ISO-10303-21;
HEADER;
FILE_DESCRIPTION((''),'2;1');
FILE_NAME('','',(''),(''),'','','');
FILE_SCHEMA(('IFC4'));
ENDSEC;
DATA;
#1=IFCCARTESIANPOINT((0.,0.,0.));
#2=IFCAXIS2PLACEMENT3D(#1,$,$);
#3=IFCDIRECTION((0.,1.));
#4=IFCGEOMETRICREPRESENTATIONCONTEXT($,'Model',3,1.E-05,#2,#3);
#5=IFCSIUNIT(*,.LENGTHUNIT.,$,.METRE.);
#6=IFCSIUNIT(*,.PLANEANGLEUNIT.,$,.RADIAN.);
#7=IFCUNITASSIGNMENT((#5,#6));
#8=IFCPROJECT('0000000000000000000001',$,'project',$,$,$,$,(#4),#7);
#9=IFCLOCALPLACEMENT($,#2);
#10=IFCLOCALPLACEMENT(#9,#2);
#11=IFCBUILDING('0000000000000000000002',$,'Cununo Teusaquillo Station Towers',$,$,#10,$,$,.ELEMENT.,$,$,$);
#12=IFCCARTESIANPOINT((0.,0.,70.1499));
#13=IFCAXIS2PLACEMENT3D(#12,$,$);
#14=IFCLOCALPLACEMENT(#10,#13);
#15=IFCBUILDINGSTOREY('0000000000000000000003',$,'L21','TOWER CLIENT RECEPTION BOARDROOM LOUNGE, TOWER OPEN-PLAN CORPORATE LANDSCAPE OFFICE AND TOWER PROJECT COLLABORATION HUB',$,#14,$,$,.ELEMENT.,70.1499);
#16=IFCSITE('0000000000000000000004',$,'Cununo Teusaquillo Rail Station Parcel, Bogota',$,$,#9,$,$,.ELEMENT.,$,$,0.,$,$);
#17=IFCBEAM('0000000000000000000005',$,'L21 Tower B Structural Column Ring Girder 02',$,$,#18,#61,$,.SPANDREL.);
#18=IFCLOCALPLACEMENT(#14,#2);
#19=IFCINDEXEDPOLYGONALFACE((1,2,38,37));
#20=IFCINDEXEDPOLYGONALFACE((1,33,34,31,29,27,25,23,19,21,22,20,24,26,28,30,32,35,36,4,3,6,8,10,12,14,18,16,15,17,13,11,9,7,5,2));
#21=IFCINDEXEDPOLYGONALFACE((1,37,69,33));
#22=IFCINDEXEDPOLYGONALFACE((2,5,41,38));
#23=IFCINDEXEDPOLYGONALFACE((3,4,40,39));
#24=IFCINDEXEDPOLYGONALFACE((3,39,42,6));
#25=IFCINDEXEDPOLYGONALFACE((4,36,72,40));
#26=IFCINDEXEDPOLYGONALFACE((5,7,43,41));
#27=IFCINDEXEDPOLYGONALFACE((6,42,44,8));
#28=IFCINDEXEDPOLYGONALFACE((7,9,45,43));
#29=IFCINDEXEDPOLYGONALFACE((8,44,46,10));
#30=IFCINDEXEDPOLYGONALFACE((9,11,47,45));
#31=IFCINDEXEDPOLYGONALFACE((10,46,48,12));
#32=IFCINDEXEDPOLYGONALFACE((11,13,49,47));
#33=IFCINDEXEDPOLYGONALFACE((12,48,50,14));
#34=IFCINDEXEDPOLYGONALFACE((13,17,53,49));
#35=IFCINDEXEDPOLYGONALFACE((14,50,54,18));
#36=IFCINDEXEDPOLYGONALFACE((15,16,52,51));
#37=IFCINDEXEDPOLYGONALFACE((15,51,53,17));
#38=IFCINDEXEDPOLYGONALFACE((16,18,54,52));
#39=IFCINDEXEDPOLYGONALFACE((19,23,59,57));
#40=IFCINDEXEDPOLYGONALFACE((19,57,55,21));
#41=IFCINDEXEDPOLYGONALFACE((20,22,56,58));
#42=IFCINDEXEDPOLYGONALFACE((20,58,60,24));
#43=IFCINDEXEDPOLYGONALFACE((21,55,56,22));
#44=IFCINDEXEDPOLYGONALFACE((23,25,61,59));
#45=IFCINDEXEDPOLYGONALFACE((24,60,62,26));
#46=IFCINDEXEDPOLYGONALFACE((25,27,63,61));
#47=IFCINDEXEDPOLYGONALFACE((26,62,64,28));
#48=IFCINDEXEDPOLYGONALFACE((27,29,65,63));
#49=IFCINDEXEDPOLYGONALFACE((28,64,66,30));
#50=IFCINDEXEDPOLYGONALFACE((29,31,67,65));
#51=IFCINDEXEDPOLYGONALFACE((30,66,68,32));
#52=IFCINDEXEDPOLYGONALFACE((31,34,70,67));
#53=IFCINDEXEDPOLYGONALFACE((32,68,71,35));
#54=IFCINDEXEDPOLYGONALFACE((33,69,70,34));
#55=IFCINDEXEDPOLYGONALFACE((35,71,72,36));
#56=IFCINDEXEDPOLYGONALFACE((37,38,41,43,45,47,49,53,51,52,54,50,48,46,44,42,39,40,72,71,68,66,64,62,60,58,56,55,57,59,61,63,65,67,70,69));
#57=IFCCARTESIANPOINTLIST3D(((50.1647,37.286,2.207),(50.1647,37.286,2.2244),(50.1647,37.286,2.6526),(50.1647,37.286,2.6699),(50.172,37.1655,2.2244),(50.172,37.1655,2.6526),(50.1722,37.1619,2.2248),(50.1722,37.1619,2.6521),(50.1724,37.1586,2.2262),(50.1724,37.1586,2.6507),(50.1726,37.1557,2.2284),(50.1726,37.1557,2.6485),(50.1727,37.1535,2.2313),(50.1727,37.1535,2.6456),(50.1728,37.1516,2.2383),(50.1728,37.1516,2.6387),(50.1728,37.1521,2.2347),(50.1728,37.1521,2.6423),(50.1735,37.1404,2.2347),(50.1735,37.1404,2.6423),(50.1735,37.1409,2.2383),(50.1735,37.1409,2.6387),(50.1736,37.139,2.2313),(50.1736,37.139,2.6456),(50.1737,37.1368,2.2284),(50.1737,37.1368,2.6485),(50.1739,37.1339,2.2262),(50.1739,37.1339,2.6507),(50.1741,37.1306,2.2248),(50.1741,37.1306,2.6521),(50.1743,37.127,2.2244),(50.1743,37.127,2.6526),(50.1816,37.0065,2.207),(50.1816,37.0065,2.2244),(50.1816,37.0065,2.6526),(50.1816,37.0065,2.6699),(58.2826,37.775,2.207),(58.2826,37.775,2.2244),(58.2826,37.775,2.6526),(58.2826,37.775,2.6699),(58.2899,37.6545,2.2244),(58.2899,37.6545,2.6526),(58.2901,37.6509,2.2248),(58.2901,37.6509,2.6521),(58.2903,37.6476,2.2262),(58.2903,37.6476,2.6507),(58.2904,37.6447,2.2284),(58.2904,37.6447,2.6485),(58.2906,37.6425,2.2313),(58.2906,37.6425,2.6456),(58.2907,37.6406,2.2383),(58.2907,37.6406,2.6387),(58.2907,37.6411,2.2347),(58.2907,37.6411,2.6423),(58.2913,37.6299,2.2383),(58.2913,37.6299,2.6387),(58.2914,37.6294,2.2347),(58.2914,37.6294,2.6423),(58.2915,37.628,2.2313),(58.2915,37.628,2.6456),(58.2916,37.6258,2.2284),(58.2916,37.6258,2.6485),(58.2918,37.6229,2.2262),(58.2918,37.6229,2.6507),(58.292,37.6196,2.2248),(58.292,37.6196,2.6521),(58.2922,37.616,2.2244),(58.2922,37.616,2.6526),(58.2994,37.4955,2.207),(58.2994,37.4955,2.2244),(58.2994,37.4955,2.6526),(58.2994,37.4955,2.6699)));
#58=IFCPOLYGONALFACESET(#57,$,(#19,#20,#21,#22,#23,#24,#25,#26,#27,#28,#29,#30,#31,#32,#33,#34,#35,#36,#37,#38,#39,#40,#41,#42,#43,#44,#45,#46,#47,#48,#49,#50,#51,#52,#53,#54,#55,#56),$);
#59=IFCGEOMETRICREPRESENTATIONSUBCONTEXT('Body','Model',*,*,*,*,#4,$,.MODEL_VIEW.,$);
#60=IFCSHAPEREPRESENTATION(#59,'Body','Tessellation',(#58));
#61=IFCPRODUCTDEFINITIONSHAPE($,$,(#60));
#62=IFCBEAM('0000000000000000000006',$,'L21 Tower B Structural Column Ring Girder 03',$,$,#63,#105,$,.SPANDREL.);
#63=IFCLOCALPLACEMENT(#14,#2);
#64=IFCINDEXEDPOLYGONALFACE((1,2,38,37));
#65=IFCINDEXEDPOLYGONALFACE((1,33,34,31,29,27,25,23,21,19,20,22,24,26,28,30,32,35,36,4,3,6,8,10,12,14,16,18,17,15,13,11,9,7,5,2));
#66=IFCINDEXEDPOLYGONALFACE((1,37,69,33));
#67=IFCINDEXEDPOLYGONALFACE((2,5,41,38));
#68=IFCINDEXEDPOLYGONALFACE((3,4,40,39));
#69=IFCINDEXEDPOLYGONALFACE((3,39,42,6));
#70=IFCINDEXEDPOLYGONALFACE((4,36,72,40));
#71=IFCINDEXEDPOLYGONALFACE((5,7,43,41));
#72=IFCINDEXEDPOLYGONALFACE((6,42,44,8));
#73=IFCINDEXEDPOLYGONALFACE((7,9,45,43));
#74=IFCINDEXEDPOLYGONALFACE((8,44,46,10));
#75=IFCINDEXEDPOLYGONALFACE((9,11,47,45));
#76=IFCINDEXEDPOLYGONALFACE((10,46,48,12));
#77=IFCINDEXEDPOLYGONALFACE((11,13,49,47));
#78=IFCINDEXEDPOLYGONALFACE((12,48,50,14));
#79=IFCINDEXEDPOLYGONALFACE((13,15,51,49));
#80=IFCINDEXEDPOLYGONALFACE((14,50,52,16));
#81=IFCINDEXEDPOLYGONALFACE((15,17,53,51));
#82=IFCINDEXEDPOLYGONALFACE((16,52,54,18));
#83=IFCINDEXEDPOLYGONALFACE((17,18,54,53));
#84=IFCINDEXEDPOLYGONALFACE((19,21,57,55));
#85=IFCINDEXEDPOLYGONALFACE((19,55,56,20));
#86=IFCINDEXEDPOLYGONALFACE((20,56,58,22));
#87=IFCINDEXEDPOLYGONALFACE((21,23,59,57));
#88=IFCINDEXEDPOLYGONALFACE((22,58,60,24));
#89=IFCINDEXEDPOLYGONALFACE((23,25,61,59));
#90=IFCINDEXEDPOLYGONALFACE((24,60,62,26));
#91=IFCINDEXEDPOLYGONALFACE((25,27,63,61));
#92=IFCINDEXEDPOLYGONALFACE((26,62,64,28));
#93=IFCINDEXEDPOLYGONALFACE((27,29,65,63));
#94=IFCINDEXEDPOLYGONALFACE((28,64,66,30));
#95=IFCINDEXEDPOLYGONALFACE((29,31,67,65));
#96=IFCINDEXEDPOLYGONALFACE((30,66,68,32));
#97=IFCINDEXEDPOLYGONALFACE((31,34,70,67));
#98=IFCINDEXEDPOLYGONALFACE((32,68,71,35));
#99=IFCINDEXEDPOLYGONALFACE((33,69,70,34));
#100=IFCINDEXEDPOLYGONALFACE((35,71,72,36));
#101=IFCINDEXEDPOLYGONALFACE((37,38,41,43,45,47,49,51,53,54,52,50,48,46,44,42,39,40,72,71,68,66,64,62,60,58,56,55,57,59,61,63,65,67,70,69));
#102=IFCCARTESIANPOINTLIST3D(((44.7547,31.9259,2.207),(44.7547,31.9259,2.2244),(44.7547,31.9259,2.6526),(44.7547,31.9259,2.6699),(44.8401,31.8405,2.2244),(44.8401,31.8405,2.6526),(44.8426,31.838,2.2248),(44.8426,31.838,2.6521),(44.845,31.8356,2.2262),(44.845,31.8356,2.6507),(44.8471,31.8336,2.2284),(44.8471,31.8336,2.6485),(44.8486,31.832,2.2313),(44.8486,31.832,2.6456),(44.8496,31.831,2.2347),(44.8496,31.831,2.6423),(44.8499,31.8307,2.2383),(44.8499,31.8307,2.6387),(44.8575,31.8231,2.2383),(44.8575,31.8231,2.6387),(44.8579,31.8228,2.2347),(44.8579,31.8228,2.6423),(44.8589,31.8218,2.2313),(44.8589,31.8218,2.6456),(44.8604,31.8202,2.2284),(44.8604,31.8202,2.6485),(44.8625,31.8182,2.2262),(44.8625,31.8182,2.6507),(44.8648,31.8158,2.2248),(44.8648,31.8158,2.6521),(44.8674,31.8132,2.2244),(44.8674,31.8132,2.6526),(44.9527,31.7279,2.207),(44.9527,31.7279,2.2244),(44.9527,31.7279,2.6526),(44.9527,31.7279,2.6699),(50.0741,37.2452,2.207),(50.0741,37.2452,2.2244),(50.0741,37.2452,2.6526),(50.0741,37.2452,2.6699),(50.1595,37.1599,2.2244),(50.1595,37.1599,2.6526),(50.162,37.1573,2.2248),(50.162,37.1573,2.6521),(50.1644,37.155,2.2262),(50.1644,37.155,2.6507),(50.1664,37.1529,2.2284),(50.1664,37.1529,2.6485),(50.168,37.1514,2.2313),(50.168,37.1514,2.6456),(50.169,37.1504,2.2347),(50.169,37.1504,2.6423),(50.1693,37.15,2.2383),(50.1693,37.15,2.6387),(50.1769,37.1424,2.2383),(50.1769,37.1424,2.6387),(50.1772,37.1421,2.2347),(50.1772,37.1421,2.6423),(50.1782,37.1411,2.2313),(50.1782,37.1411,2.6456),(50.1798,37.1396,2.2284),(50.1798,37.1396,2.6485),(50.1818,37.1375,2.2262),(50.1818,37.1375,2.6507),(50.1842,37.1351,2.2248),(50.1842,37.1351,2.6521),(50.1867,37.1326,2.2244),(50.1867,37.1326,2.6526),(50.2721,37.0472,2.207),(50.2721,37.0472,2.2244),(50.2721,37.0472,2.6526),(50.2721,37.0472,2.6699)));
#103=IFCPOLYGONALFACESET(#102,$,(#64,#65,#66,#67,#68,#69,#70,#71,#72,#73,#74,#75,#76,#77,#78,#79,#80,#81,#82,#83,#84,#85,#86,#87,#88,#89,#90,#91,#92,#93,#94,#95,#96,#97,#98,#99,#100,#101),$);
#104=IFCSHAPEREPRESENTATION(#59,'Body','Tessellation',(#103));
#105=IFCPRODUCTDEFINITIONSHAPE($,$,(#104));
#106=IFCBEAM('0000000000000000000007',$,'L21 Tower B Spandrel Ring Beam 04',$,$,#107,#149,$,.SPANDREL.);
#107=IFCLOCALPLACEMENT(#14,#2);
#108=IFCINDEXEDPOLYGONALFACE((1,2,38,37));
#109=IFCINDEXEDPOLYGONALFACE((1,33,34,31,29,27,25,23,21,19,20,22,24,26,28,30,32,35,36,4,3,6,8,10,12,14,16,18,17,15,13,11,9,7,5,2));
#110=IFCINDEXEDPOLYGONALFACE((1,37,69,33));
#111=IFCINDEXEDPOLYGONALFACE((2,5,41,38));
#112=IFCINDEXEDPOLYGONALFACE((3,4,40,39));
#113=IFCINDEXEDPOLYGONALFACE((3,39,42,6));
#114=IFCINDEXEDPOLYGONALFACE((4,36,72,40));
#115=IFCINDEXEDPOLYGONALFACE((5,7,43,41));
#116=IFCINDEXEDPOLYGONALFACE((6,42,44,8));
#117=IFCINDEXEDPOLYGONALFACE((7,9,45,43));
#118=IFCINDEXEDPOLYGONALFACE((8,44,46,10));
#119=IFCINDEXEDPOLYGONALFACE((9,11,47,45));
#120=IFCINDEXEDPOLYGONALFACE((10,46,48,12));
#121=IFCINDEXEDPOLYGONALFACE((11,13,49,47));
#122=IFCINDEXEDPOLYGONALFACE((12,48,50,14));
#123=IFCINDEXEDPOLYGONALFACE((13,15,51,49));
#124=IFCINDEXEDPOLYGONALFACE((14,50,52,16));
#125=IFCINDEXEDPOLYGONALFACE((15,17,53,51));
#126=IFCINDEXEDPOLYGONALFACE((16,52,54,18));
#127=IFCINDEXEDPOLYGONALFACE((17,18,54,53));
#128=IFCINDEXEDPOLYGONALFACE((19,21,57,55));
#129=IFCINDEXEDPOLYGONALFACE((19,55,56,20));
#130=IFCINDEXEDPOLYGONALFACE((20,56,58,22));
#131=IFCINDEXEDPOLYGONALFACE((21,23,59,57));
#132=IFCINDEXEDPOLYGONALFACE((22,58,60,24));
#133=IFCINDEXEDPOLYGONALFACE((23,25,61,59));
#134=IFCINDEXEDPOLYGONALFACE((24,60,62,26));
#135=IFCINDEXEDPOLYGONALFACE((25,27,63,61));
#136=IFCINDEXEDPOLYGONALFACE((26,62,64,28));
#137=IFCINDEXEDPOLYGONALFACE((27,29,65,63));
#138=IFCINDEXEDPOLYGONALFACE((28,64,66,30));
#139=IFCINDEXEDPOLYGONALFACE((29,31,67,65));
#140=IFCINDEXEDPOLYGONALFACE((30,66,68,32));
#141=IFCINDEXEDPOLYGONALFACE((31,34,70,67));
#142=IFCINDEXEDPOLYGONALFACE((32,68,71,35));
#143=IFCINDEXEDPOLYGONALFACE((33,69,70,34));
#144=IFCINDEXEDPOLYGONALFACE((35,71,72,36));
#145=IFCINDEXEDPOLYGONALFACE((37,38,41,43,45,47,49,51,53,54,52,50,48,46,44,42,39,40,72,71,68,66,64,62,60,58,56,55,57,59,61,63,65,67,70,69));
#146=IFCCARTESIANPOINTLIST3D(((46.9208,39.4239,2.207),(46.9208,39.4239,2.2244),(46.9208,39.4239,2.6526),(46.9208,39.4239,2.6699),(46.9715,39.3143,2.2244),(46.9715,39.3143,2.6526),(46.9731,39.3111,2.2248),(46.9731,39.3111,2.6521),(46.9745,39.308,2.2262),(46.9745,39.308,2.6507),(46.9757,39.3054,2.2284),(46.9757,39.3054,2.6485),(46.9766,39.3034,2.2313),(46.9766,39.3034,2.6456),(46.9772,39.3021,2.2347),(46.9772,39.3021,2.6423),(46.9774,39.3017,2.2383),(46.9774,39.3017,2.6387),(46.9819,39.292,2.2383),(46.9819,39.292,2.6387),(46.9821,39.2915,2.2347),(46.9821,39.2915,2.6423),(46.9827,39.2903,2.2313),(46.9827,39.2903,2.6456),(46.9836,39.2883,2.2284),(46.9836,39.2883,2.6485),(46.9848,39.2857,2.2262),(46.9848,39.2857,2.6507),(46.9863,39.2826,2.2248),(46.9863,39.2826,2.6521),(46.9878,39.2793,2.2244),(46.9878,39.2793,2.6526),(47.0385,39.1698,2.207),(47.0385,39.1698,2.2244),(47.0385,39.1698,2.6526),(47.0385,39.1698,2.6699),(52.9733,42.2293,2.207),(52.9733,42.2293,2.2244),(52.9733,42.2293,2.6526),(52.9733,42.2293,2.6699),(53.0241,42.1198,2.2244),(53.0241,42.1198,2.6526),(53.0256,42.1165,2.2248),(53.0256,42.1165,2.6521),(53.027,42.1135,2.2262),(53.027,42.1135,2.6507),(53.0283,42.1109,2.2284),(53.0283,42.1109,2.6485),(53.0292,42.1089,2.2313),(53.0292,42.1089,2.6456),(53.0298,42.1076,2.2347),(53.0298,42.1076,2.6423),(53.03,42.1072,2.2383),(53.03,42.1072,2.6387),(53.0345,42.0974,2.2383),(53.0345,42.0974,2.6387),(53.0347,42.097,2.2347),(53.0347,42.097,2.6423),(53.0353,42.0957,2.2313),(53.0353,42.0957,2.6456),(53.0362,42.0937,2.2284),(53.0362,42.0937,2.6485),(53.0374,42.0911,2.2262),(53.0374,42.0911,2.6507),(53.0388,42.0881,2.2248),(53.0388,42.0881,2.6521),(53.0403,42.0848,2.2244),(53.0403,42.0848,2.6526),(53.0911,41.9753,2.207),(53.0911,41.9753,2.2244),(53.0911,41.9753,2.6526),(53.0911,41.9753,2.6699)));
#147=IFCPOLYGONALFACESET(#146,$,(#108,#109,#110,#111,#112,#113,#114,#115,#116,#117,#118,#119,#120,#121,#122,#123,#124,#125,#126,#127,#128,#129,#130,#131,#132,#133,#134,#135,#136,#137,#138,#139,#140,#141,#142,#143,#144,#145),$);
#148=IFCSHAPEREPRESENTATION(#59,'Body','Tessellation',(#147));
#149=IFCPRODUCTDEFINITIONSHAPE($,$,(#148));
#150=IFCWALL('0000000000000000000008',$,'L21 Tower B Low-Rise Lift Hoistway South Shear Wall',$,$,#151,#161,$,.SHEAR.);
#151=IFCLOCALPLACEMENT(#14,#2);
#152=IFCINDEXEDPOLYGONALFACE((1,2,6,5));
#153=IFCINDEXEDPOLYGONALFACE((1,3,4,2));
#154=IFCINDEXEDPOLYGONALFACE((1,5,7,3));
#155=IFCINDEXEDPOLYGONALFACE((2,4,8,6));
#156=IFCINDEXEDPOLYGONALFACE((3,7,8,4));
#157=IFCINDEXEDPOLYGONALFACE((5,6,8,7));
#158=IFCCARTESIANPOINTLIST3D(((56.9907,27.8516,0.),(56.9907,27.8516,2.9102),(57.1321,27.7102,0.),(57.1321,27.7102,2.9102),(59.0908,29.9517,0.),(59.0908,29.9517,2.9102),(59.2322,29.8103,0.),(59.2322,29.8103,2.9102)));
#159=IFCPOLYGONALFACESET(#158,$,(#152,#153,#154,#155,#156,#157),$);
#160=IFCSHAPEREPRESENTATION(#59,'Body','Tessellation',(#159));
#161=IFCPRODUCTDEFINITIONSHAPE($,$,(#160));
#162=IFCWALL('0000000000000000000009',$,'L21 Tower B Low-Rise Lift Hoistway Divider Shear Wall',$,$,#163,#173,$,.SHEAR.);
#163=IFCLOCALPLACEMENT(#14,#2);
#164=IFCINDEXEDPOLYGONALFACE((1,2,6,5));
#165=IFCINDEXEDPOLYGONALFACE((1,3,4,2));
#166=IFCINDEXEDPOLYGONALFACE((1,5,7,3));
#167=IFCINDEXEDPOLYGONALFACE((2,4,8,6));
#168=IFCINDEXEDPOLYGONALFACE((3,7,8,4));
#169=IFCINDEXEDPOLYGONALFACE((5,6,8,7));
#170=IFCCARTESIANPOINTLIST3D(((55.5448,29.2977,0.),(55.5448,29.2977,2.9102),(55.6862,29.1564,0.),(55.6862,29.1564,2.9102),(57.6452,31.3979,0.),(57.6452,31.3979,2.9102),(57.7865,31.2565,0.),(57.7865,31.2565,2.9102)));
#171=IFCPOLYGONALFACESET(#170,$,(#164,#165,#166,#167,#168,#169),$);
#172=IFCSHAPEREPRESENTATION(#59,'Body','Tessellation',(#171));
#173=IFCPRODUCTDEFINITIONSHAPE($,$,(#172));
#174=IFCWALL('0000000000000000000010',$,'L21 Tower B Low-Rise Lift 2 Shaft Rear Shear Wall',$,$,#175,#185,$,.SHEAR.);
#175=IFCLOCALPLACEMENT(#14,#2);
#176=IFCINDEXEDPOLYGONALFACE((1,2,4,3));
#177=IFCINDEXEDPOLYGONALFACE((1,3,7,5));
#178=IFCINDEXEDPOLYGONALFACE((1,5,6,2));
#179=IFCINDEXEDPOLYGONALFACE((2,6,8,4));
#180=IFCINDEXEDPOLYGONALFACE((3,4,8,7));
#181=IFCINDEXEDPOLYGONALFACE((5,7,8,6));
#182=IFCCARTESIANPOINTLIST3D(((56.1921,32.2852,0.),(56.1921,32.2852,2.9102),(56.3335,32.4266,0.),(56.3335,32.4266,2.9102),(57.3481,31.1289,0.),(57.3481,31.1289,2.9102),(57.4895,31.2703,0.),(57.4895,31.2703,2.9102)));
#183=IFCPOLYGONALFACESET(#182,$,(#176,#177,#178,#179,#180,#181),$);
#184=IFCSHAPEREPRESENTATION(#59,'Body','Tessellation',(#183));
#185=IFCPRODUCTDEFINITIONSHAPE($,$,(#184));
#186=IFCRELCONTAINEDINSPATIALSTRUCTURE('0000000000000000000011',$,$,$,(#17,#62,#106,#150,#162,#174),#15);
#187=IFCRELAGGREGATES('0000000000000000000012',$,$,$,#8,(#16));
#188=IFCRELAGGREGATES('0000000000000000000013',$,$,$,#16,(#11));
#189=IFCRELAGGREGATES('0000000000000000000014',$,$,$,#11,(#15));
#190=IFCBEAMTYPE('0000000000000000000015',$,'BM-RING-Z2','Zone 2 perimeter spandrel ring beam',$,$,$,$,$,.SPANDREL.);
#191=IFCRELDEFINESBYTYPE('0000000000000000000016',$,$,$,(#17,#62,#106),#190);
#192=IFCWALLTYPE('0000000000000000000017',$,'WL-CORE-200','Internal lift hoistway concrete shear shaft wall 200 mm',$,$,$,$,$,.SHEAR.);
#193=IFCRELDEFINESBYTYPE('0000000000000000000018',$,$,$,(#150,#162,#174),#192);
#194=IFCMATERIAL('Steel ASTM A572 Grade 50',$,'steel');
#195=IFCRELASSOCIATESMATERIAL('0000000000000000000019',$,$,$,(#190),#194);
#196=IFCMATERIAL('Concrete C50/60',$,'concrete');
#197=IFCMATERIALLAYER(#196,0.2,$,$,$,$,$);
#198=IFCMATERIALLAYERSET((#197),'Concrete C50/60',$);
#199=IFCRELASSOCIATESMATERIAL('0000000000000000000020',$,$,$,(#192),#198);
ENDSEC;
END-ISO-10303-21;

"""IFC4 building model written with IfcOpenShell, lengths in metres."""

from ifc_helpers import new_model, si_unit, direction, frame, frame_2d, origin, origin_2d, place, context, subcontext, project, spatial, rectangle, i_section, extrude, material, layer, layer_set, material_profile, profile_set, type_object, element, save


model = new_model("IFC4")

# Units and contexts
model_context = context("Model", 3, precision=1e-05, world=origin(), true_north=direction((0.0, 1.0)))
body_context = subcontext(model_context, "Body", "Model", "MODEL_VIEW")
ifc_project = project(units=[si_unit("LENGTHUNIT", "METRE"), si_unit("PLANEANGLEUNIT", "RADIAN")], contexts=[model_context])

# Site, building, storey
site_placement = place(None, origin())
site = spatial("IfcSite", under=ifc_project, at=site_placement, Name="Cununo Teusaquillo Rail Station Parcel, Bogota", CompositionType="ELEMENT", RefElevation=0.0)
building_placement = place(site_placement, origin())
building = spatial("IfcBuilding", under=site, at=building_placement, Name="Cununo Teusaquillo Station Towers", CompositionType="ELEMENT")
storey_placement = place(building_placement, frame((0.0, 0.0, 70.1499)))
storey = spatial("IfcBuildingStorey", under=building, at=storey_placement, Name="L21", Description="TOWER CLIENT RECEPTION BOARDROOM LOUNGE, TOWER OPEN-PLAN CORPORATE LANDSCAPE OFFICE AND TOWER PROJECT COLLABORATION HUB", CompositionType="ELEMENT", Elevation=70.1499)

# Beams
ifc_material_1 = material(Name="Steel ASTM A572 Grade 50", Category="steel")
ifc_material_profile_1 = material_profile(ifc_material_1, i_section(OverallWidth=0.28, OverallDepth=0.4629, WebThickness=0.0107, FlangeThickness=0.0173, FilletRadius=0.0139, at=origin_2d()), Name="W18X76")
ifc_profile_set_1 = profile_set([ifc_material_profile_1], Name="Steel ASTM A572 Grade 50")
beam_type_1 = type_object("IfcBeamType", Name="BM-RING-Z2", Description="Zone 2 perimeter spandrel ring beam", PredefinedType="SPANDREL", material=ifc_profile_set_1)
beam_1_placement = place(storey_placement, frame((58.291, 37.6353, 2.4385), z_axis=(-0.998191, -0.06013, 0.0), x_axis=(0.06013, -0.998191, 0.0)))
element("IfcBeam", 1, at=beam_1_placement, inside=storey, type_object=beam_type_1, Name="L21 Tower B Structural Column Ring Girder 02", PredefinedType="SPANDREL", context=body_context, shape_type="SweptSolid", body=[
    extrude(i_section(OverallWidth=0.28, OverallDepth=0.4629, WebThickness=0.0107, FlangeThickness=0.0173, FilletRadius=0.0139, at=origin_2d()), origin(), (0.0, 0.0, 1.0), 8.1326),
])
beam_2_placement = place(storey_placement, frame((50.1731, 37.1462, 2.4385), z_axis=(-0.707107, -0.707107, 0.0), x_axis=(0.707107, -0.707107, 0.0)))
element("IfcBeam", 2, at=beam_2_placement, inside=storey, type_object=beam_type_1, Name="L21 Tower B Structural Column Ring Girder 03", PredefinedType="SPANDREL", context=body_context, shape_type="SweptSolid", body=[
    extrude(i_section(OverallWidth=0.28, OverallDepth=0.4629, WebThickness=0.0107, FlangeThickness=0.0173, FilletRadius=0.0139, at=origin_2d()), origin(), (0.0, 0.0, 1.0), 7.5227),
])
beam_3_placement = place(storey_placement, frame((53.0322, 42.1023, 2.4385), z_axis=(-0.907276, -0.420536, 0.0), x_axis=(0.420536, -0.907276, 0.0)))
element("IfcBeam", 3, at=beam_3_placement, inside=storey, type_object=beam_type_1, Name="L21 Tower B Spandrel Ring Beam 04", PredefinedType="SPANDREL", context=body_context, shape_type="SweptSolid", body=[
    extrude(i_section(OverallWidth=0.28, OverallDepth=0.4629, WebThickness=0.0107, FlangeThickness=0.0173, FilletRadius=0.0139, at=origin_2d()), origin(), (0.0, 0.0, 1.0), 6.6711),
])

# Walls
ifc_material_2 = material(Name="Concrete C50/60", Category="concrete")
ifc_layer_1 = layer(ifc_material_2, 0.2)
ifc_layer_set_1 = layer_set([ifc_layer_1], Name="Concrete C50/60")
wall_type_1 = type_object("IfcWallType", Name="WL-CORE-200", Description="Internal lift hoistway concrete shear shaft wall 200 mm", PredefinedType="SHEAR", material=ifc_layer_set_1)
wall_1_placement = place(storey_placement, frame((57.0615, 27.781, 0.0), z_axis=(0.0, 0.0, 1.0), x_axis=(0.707107, 0.707107, 0.0)))
element("IfcWall", 4, at=wall_1_placement, inside=storey, type_object=wall_type_1, Name="L21 Tower B Low-Rise Lift Hoistway South Shear Wall", PredefinedType="SHEAR", context=body_context, shape_type="SweptSolid", body=[
    extrude(rectangle(XDim=2.97, YDim=0.2, at=frame_2d((1.4849, 0.0))), origin(), (0.0, 0.0, 1.0), 2.9102),
])
wall_2_placement = place(storey_placement, frame((55.6155, 29.2271, 0.0), z_axis=(0.0, 0.0, 1.0), x_axis=(0.707148, 0.707066, 0.0)))
element("IfcWall", 5, at=wall_2_placement, inside=storey, type_object=wall_type_1, Name="L21 Tower B Low-Rise Lift Hoistway Divider Shear Wall", PredefinedType="SHEAR", context=body_context, shape_type="SweptSolid", body=[
    extrude(rectangle(XDim=2.9702, YDim=0.2, at=frame_2d((1.4851, 0.0))), origin(), (0.0, 0.0, 1.0), 2.9102),
])
wall_3_placement = place(storey_placement, frame((57.4187, 31.1997, 0.0), z_axis=(0.0, 0.0, 1.0), x_axis=(-0.707032, 0.707181, 0.0)))
element("IfcWall", 6, at=wall_3_placement, inside=storey, type_object=wall_type_1, Name="L21 Tower B Low-Rise Lift 2 Shaft Rear Shear Wall", PredefinedType="SHEAR", context=body_context, shape_type="SweptSolid", body=[
    extrude(rectangle(XDim=1.635, YDim=0.2, at=frame_2d((0.8174, 0.0))), origin(), (0.0, 0.0, 1.0), 2.9102),
])

save(model, "model.ifc")
